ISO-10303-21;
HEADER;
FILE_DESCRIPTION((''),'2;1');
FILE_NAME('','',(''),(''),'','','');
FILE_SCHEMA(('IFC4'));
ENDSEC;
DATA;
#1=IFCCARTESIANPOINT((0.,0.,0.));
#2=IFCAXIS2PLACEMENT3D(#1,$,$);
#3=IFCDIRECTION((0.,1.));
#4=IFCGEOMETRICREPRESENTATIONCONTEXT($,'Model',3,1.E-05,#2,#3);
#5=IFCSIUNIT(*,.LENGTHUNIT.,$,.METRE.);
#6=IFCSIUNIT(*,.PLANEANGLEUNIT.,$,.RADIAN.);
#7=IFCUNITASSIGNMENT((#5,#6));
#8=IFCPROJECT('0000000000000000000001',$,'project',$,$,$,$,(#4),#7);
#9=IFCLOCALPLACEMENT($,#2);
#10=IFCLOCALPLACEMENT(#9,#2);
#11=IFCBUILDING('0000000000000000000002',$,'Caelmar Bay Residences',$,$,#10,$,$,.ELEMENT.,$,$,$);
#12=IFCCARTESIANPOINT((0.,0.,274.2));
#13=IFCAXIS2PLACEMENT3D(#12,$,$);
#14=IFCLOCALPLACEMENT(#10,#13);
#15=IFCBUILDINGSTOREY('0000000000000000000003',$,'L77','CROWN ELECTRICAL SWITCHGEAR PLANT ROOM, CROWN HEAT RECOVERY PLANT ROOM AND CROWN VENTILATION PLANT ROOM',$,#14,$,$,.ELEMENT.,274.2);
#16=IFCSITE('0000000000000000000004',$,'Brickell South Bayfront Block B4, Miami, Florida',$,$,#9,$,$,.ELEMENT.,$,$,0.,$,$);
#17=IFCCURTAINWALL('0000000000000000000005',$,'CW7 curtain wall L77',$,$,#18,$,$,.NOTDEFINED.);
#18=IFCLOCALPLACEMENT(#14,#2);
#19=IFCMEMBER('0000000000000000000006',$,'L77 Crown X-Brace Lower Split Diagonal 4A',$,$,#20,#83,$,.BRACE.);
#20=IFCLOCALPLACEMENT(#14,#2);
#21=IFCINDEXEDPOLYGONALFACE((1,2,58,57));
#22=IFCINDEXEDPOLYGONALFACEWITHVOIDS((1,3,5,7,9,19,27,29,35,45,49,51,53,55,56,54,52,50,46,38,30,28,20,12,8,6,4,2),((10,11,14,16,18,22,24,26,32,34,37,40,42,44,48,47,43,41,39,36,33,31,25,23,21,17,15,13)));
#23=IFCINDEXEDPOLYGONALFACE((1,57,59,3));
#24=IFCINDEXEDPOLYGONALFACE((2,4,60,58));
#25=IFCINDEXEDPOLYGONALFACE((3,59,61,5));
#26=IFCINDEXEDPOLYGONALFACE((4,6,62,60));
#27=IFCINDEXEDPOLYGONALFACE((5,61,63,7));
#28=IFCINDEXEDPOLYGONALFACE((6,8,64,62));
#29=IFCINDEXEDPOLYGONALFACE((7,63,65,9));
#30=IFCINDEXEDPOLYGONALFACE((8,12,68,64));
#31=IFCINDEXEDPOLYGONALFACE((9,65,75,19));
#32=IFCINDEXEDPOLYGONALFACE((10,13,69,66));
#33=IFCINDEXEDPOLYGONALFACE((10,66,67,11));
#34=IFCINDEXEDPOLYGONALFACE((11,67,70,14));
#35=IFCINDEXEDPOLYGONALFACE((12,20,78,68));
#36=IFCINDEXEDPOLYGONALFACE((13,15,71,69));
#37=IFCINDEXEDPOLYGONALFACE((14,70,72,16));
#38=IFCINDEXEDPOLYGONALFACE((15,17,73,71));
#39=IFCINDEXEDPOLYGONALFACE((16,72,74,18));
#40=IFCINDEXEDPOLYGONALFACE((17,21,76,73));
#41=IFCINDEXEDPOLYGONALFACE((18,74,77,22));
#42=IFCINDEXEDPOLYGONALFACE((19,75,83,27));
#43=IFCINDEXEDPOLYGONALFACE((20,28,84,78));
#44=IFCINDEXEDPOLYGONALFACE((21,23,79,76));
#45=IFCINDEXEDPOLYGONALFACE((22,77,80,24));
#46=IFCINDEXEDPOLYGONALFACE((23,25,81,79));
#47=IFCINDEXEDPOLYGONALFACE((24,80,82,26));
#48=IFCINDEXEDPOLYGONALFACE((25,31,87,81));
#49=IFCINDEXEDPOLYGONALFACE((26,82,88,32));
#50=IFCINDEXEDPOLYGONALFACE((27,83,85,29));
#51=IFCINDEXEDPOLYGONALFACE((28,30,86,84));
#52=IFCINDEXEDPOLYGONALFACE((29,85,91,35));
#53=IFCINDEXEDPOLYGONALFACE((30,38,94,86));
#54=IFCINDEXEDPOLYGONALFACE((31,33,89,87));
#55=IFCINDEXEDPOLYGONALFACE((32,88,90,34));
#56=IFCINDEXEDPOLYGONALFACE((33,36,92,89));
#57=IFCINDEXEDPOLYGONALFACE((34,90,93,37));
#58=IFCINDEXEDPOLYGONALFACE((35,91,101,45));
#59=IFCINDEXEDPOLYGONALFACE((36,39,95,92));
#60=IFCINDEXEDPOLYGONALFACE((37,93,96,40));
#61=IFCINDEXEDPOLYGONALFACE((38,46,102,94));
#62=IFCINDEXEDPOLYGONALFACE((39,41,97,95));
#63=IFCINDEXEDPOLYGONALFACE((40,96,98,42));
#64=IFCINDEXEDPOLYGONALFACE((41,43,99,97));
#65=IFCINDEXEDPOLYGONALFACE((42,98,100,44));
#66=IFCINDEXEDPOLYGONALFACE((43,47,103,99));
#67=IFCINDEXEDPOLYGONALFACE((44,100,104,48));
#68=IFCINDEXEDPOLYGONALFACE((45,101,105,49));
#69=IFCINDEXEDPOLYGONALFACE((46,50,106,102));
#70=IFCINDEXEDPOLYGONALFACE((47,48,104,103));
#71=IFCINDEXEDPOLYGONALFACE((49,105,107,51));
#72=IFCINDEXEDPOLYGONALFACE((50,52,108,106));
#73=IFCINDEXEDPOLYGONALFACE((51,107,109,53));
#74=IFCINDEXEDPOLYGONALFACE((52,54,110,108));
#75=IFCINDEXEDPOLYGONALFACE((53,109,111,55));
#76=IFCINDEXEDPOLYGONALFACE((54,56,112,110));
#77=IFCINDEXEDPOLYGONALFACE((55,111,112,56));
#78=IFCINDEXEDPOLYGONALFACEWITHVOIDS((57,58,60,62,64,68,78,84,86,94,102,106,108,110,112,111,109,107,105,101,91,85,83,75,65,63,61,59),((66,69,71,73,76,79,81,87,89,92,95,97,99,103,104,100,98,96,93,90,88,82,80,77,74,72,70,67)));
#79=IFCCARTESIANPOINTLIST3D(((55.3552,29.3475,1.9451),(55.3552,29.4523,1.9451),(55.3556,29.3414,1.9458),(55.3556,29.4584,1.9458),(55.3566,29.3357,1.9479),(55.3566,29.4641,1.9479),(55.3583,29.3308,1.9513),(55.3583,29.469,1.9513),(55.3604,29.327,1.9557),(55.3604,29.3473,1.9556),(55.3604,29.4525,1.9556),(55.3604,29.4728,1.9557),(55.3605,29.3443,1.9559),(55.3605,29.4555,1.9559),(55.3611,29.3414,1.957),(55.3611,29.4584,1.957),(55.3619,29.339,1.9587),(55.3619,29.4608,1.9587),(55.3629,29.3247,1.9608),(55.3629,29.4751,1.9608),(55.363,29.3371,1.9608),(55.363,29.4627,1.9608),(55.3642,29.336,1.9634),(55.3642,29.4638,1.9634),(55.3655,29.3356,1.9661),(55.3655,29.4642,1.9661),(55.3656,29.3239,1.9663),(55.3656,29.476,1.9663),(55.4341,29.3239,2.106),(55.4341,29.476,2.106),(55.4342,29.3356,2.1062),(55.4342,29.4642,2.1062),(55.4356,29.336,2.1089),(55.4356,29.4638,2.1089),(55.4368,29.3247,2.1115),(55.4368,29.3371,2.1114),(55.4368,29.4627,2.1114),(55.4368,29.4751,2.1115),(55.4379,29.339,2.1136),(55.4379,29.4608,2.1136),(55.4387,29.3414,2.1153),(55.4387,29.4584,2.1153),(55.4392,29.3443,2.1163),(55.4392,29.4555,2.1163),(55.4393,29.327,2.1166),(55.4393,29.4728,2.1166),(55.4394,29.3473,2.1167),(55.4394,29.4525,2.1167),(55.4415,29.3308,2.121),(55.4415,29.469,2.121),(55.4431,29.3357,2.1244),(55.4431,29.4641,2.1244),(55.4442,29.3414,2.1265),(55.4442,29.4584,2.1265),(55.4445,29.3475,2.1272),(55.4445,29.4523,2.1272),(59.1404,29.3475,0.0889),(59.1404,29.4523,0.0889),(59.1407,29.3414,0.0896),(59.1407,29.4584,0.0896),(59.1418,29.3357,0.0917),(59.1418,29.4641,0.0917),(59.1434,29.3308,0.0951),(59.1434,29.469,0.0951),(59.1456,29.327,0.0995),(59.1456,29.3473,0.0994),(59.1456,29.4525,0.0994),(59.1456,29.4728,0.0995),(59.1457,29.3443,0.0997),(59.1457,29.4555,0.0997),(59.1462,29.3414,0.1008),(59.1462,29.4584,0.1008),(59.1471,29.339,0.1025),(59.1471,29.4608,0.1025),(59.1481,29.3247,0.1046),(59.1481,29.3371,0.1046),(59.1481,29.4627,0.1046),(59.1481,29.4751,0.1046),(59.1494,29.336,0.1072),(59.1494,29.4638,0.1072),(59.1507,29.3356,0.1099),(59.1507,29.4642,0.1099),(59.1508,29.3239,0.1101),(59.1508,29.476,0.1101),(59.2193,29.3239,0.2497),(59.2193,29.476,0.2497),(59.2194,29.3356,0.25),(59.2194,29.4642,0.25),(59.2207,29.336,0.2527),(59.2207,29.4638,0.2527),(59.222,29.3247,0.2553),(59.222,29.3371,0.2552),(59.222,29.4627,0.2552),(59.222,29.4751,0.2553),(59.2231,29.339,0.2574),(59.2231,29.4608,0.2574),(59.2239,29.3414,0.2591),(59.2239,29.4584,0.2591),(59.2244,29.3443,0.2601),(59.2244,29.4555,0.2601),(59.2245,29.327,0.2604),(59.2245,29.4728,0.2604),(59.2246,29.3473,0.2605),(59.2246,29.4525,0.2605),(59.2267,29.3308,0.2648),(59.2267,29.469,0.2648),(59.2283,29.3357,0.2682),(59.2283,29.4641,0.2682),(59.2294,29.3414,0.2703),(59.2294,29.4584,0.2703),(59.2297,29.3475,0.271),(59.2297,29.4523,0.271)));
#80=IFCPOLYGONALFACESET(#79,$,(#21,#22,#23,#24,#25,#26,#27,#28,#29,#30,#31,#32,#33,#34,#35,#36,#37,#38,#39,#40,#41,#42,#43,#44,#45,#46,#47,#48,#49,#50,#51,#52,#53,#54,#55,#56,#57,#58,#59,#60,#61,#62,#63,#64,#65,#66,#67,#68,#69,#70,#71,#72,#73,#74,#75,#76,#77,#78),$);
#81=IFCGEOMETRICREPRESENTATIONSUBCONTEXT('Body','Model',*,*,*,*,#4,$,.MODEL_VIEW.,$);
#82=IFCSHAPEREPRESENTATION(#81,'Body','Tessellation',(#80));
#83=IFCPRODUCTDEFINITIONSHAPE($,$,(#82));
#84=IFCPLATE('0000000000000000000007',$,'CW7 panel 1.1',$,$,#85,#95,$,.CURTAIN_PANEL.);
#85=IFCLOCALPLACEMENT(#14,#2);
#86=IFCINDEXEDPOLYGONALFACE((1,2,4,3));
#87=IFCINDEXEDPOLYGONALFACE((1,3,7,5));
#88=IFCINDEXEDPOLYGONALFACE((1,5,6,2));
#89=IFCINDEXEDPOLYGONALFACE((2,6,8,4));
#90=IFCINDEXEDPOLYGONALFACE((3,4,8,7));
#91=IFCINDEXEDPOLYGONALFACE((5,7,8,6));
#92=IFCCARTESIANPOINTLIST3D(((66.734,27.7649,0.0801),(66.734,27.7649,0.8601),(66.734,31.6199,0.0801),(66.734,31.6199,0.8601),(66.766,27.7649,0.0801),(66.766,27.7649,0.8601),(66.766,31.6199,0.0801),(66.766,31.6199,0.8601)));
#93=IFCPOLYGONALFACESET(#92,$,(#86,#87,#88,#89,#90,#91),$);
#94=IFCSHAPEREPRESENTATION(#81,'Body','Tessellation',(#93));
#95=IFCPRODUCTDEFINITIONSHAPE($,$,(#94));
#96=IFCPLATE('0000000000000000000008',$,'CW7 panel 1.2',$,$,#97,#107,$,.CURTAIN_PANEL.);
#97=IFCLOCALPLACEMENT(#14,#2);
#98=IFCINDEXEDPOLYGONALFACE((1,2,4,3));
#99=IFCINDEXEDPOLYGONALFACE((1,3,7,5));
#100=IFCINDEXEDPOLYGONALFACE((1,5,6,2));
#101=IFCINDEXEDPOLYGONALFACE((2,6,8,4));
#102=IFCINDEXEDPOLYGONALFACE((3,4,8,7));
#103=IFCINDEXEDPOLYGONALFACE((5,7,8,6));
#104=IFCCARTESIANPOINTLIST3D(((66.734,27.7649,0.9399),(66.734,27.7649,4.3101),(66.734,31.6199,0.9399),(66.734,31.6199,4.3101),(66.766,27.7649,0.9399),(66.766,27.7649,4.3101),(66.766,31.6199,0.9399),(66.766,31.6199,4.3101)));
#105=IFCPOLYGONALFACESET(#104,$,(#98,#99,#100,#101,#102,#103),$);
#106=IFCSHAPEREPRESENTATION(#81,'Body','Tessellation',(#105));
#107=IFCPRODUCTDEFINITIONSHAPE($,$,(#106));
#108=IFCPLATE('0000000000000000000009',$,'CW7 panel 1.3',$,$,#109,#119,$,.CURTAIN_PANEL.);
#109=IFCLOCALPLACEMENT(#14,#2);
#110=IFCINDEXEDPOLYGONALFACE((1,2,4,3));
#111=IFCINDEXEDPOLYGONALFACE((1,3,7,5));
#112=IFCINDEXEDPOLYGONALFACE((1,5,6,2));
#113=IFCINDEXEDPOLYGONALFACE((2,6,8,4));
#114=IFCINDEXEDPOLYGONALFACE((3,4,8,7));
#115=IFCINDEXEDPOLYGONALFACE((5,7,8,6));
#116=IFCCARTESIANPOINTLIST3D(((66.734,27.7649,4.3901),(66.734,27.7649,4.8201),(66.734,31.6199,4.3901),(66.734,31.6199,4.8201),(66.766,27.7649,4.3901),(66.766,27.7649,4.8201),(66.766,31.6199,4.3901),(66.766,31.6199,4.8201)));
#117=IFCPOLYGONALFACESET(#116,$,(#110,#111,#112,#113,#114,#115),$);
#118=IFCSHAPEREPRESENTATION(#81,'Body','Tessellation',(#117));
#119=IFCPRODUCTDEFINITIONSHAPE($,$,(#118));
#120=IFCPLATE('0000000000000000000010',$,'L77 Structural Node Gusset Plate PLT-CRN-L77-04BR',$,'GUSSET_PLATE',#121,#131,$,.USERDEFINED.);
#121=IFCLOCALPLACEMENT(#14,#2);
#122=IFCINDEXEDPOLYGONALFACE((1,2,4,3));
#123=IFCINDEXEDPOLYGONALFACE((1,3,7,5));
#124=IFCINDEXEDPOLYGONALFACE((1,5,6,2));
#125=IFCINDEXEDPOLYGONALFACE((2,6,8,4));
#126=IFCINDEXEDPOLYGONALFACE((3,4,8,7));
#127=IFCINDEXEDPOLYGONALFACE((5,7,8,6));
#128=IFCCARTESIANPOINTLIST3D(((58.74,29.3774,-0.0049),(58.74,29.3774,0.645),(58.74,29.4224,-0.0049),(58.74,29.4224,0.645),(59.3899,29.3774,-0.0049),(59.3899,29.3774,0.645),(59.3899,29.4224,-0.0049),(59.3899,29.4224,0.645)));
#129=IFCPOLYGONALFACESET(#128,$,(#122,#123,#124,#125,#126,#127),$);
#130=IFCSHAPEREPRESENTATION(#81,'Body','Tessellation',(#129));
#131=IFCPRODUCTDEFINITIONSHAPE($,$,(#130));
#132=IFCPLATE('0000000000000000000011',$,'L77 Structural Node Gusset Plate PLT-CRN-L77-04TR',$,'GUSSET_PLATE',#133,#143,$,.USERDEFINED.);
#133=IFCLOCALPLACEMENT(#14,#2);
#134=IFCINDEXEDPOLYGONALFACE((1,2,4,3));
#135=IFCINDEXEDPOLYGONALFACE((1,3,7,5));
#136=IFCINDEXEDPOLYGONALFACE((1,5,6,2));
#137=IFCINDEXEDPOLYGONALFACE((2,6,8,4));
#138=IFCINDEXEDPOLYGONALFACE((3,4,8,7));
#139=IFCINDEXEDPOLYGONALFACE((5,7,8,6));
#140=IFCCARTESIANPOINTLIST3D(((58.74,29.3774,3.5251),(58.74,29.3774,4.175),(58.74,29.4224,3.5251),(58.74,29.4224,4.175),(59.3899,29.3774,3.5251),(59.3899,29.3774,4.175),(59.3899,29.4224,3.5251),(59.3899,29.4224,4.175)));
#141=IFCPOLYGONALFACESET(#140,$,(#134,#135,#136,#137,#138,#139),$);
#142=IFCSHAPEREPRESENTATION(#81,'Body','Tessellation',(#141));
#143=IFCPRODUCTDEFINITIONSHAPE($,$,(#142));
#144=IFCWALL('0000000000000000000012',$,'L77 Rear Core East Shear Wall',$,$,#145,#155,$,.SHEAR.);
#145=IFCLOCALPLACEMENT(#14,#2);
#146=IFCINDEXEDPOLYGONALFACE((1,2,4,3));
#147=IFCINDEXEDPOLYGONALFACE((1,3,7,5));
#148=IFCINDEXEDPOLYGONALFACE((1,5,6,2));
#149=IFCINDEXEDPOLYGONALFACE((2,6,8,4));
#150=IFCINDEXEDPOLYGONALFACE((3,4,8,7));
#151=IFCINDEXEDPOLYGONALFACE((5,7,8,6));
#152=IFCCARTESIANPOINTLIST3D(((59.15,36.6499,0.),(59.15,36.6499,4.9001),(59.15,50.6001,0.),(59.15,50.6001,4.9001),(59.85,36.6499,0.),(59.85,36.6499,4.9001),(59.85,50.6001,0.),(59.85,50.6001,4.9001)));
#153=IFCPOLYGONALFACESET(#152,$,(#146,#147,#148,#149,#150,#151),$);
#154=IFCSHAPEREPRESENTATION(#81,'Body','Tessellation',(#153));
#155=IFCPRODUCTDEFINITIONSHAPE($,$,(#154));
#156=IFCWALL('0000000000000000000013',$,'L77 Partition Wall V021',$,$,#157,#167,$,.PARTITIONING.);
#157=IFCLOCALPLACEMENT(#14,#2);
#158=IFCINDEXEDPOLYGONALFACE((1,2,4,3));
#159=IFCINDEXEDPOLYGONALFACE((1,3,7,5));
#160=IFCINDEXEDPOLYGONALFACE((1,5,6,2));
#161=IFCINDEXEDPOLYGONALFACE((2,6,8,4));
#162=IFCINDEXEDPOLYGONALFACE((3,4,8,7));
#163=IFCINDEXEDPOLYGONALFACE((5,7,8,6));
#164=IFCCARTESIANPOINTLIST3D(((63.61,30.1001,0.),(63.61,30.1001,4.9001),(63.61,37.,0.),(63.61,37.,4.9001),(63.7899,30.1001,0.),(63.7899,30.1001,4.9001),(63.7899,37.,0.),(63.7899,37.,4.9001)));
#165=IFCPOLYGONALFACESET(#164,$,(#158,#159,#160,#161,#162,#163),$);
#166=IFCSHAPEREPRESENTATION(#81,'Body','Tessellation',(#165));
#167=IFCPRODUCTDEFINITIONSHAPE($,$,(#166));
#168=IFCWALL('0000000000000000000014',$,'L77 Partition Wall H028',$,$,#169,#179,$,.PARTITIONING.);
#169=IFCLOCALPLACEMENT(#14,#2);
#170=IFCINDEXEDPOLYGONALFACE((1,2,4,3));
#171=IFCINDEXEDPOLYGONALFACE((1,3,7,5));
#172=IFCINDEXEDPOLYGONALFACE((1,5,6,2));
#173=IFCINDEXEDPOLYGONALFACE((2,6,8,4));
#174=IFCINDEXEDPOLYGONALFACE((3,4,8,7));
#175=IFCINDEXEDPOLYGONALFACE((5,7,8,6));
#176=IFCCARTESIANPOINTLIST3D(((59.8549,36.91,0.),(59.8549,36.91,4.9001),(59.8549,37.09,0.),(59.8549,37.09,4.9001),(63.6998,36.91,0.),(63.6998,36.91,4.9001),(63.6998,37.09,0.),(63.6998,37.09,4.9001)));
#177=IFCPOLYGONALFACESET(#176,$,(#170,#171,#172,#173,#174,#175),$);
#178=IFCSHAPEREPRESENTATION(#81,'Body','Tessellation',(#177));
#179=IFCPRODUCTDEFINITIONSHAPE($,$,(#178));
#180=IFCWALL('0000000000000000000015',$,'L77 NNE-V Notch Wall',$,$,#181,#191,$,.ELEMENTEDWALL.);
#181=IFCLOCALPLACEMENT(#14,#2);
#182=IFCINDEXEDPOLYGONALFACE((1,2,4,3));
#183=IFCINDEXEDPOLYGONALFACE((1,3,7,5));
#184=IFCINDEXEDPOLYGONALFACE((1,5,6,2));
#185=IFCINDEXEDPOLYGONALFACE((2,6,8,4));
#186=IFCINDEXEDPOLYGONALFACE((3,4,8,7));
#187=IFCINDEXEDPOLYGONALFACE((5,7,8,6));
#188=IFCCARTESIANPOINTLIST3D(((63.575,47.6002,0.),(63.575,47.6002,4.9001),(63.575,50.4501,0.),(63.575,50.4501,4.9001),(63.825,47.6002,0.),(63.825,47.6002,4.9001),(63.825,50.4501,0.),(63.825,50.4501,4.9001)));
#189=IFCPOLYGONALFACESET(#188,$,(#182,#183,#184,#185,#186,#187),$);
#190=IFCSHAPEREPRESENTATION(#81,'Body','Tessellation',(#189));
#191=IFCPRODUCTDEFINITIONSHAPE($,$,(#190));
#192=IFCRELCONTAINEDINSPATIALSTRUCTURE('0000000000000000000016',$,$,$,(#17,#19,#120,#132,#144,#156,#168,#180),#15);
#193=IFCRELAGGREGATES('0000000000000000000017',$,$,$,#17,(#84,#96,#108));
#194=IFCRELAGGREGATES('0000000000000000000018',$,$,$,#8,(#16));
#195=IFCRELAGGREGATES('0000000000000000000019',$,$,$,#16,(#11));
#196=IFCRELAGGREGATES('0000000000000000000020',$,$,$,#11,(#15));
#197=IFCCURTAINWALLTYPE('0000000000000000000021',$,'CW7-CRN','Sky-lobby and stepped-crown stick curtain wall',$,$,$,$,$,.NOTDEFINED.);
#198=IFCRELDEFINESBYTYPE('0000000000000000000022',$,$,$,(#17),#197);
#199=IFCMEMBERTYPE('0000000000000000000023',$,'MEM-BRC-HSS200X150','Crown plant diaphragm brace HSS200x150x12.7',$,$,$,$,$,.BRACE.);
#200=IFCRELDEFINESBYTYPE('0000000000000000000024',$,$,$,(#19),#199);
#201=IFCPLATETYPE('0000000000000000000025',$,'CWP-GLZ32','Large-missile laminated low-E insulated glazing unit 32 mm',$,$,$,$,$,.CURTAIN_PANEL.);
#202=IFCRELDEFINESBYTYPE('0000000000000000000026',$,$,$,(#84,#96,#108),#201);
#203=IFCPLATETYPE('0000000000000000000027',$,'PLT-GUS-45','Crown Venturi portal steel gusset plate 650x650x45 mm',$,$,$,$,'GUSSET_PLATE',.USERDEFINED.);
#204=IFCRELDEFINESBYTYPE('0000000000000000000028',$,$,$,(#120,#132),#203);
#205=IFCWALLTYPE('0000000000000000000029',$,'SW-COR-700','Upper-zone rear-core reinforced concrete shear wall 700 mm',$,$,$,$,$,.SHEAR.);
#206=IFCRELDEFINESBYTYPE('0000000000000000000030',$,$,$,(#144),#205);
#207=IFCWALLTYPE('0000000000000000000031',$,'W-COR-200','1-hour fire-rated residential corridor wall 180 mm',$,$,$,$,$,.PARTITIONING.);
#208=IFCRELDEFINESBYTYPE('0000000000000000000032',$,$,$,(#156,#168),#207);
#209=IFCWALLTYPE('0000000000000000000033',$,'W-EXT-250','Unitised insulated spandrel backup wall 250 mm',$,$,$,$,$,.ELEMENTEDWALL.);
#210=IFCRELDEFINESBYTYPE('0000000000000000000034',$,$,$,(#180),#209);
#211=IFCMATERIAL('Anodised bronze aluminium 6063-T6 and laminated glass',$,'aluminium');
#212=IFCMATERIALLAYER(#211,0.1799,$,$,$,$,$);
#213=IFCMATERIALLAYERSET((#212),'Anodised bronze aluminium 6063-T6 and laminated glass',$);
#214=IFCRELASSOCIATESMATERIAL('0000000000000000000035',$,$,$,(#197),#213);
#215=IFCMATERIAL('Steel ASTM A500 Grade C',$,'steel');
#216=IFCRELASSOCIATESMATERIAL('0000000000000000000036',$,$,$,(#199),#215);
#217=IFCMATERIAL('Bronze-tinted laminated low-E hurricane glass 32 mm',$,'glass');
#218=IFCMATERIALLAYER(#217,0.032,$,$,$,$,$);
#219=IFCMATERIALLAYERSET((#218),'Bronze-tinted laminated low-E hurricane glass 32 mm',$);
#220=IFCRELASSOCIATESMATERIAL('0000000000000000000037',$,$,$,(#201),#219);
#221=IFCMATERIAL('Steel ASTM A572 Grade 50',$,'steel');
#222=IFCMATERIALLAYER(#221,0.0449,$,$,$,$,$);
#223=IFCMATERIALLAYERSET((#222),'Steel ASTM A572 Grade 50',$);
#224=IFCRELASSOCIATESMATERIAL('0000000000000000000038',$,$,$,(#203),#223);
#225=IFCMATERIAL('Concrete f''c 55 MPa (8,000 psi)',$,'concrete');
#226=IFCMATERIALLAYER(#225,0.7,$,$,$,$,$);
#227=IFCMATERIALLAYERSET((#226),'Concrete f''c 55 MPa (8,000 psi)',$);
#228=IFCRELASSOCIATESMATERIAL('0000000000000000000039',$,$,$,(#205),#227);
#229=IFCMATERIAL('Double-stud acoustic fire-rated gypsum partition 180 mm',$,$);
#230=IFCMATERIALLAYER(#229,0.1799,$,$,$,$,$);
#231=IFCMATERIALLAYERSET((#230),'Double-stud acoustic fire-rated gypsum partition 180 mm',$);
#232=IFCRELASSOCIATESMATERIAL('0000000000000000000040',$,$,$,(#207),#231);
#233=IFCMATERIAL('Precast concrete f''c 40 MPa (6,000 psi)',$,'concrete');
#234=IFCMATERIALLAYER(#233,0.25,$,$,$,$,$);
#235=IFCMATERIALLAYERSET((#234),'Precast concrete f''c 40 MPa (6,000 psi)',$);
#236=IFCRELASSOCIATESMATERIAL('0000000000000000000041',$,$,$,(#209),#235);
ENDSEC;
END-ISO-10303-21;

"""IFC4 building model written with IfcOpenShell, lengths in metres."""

from ifc_helpers import new_model, si_unit, direction, frame, frame_2d, origin, origin_2d, place, context, subcontext, project, spatial, rectangle, hollow_rectangle, extrude, material, layer, layer_set, material_profile, profile_set, type_object, element, aggregate, save


model = new_model("IFC4")

# Units and contexts
model_context = context("Model", 3, precision=1e-05, world=origin(), true_north=direction((0.0, 1.0)))
body_context = subcontext(model_context, "Body", "Model", "MODEL_VIEW")
ifc_project = project(units=[si_unit("LENGTHUNIT", "METRE"), si_unit("PLANEANGLEUNIT", "RADIAN")], contexts=[model_context])

# Site, building, storey
site_placement = place(None, origin())
site = spatial("IfcSite", under=ifc_project, at=site_placement, Name="Brickell South Bayfront Block B4, Miami, Florida", CompositionType="ELEMENT", RefElevation=0.0)
building_placement = place(site_placement, origin())
building = spatial("IfcBuilding", under=site, at=building_placement, Name="Caelmar Bay Residences", CompositionType="ELEMENT")
storey_placement = place(building_placement, frame((0.0, 0.0, 274.2)))
storey = spatial("IfcBuildingStorey", under=building, at=storey_placement, Name="L77", Description="CROWN ELECTRICAL SWITCHGEAR PLANT ROOM, CROWN HEAT RECOVERY PLANT ROOM AND CROWN VENTILATION PLANT ROOM", CompositionType="ELEMENT", Elevation=274.2)

# Shared definitions
ifc_material_1 = material(Name="Concrete f'c 55 MPa (8,000 psi)", Category="concrete")

# Curtain wall
ifc_material_2 = material(Name="Anodised bronze aluminium 6063-T6 and laminated glass", Category="aluminium")
ifc_layer_1 = layer(ifc_material_2, 0.1799)
ifc_layer_set_1 = layer_set([ifc_layer_1], Name="Anodised bronze aluminium 6063-T6 and laminated glass")
curtain_wall_type = type_object("IfcCurtainWallType", Name="CW7-CRN", Description="Sky-lobby and stepped-crown stick curtain wall", PredefinedType="NOTDEFINED", material=ifc_layer_set_1)
curtain_wall_placement = place(storey_placement, origin())
curtain_wall = element("IfcCurtainWall", 1, at=curtain_wall_placement, inside=storey, type_object=curtain_wall_type, Name="CW7 curtain wall L77", PredefinedType="NOTDEFINED")

# Member
ifc_material_3 = material(Name="Steel ASTM A500 Grade C", Category="steel")
ifc_material_profile_1 = material_profile(ifc_material_3, hollow_rectangle(XDim=0.1521, YDim=0.2029, WallThickness=0.0117, InnerFilletRadius=0.0117, OuterFilletRadius=0.0237, at=origin_2d()), Name="HSS200X150X12.7")
ifc_profile_set_1 = profile_set([ifc_material_profile_1], Name="Steel ASTM A500 Grade C")
member_type_1 = type_object("IfcMemberType", Name="MEM-BRC-HSS200X150", Description="Crown plant diaphragm brace HSS200x150x12.7", PredefinedType="BRACE", material=ifc_profile_set_1)
member_1_placement = place(storey_placement, frame((59.1851, 29.3999, 0.1799), z_axis=(-0.897852, 0.0, 0.440297), x_axis=(0.0, -1.0, 0.0)))
element("IfcMember", 2, at=member_1_placement, inside=storey, type_object=member_type_1, Name="L77 Crown X-Brace Lower Split Diagonal 4A", PredefinedType="BRACE", context=body_context, shape_type="SweptSolid", body=[
    extrude(hollow_rectangle(XDim=0.1521, YDim=0.2029, WallThickness=0.0117, InnerFilletRadius=0.0117, OuterFilletRadius=0.0237, at=origin_2d()), origin(), (0.0, 0.0, 1.0), 4.2158),
])

# Plates
ifc_material_4 = material(Name="Bronze-tinted laminated low-E hurricane glass 32 mm", Category="glass")
ifc_layer_2 = layer(ifc_material_4, 0.032)
ifc_layer_set_2 = layer_set([ifc_layer_2], Name="Bronze-tinted laminated low-E hurricane glass 32 mm")
plate_type_1 = type_object("IfcPlateType", Name="CWP-GLZ32", Description="Large-missile laminated low-E insulated glazing unit 32 mm", PredefinedType="CURTAIN_PANEL", material=ifc_layer_set_2)
plate_1_placement = place(storey_placement, frame((66.75, 29.6924, 0.0801), z_axis=(0.0, 0.0, 1.0), x_axis=(0.0, -1.0, 0.0)))
plate_1 = element("IfcPlate", 3, at=plate_1_placement, type_object=plate_type_1, Name="CW7 panel 1.1", PredefinedType="CURTAIN_PANEL", context=body_context, shape_type="SweptSolid", body=[
    extrude(rectangle(XDim=3.855, YDim=0.032, at=origin_2d()), origin(), (0.0, 0.0, 1.0), 0.78),
])
plate_2_placement = place(storey_placement, frame((66.75, 29.6924, 0.9399), z_axis=(0.0, 0.0, 1.0), x_axis=(0.0, -1.0, 0.0)))
plate_2 = element("IfcPlate", 4, at=plate_2_placement, type_object=plate_type_1, Name="CW7 panel 1.2", PredefinedType="CURTAIN_PANEL", context=body_context, shape_type="SweptSolid", body=[
    extrude(rectangle(XDim=3.855, YDim=0.032, at=origin_2d()), origin(), (0.0, 0.0, 1.0), 3.3701),
])
plate_3_placement = place(storey_placement, frame((66.75, 29.6924, 4.3901), z_axis=(0.0, 0.0, 1.0), x_axis=(0.0, -1.0, 0.0)))
plate_3 = element("IfcPlate", 5, at=plate_3_placement, type_object=plate_type_1, Name="CW7 panel 1.3", PredefinedType="CURTAIN_PANEL", context=body_context, shape_type="SweptSolid", body=[
    extrude(rectangle(XDim=3.855, YDim=0.032, at=origin_2d()), origin(), (0.0, 0.0, 1.0), 0.4299),
])
aggregate(curtain_wall, [plate_1, plate_2, plate_3])

# Plates
ifc_material_5 = material(Name="Steel ASTM A572 Grade 50", Category="steel")
ifc_layer_3 = layer(ifc_material_5, 0.0449)
ifc_layer_set_3 = layer_set([ifc_layer_3], Name="Steel ASTM A572 Grade 50")
plate_type_2 = type_object("IfcPlateType", Name="PLT-GUS-45", Description="Crown Venturi portal steel gusset plate 650x650x45 mm", ElementType="GUSSET_PLATE", PredefinedType="USERDEFINED", material=ifc_layer_set_3)
for number, where, z_axis, x_axis, name in (
    (6, (59.0649, 29.3999, -0.0049), (0.0, 0.0, 1.0), (1.0, 0.0, 0.0), "L77 Structural Node Gusset Plate PLT-CRN-L77-04BR"),
    (7, (59.0649, 29.3999, 3.5251), (0.0, 0.0, 1.0), (1.0, 0.0, 0.0), "L77 Structural Node Gusset Plate PLT-CRN-L77-04TR"),
):
    element("IfcPlate", number, at=place(storey_placement, frame(where, z_axis=z_axis, x_axis=x_axis)), inside=storey, type_object=plate_type_2, Name=name, ObjectType="GUSSET_PLATE", PredefinedType="USERDEFINED", context=body_context, shape_type="SweptSolid", body=[
        extrude(rectangle(XDim=0.6499, YDim=0.0449, at=origin_2d()), origin(), (0.0, 0.0, 1.0), 0.6499),
    ])

# Walls
ifc_layer_4 = layer(ifc_material_1, 0.7)
ifc_layer_set_4 = layer_set([ifc_layer_4], Name="Concrete f'c 55 MPa (8,000 psi)")
wall_type_1 = type_object("IfcWallType", Name="SW-COR-700", Description="Upper-zone rear-core reinforced concrete shear wall 700 mm", PredefinedType="SHEAR", material=ifc_layer_set_4)
wall_1_placement = place(storey_placement, frame((59.5, 36.6499, 0.0), z_axis=(0.0, 0.0, 1.0), x_axis=(0.0, 1.0, 0.0)))
element("IfcWall", 8, at=wall_1_placement, inside=storey, type_object=wall_type_1, Name="L77 Rear Core East Shear Wall", PredefinedType="SHEAR", context=body_context, shape_type="SweptSolid", body=[
    extrude(rectangle(XDim=13.9502, YDim=0.7, at=frame_2d((6.9751, 0.0))), origin(), (0.0, 0.0, 1.0), 4.9001),
])
ifc_material_6 = material(Name="Double-stud acoustic fire-rated gypsum partition 180 mm")
ifc_layer_5 = layer(ifc_material_6, 0.1799)
ifc_layer_set_5 = layer_set([ifc_layer_5], Name="Double-stud acoustic fire-rated gypsum partition 180 mm")
wall_type_2 = type_object("IfcWallType", Name="W-COR-200", Description="1-hour fire-rated residential corridor wall 180 mm", PredefinedType="PARTITIONING", material=ifc_layer_set_5)
wall_2_placement = place(storey_placement, frame((63.7, 30.1001, 0.0), z_axis=(0.0, 0.0, 1.0), x_axis=(0.0, 1.0, 0.0)))
element("IfcWall", 9, at=wall_2_placement, inside=storey, type_object=wall_type_2, Name="L77 Partition Wall V021", PredefinedType="PARTITIONING", context=body_context, shape_type="SweptSolid", body=[
    extrude(rectangle(XDim=6.8999, YDim=0.1799, at=frame_2d((3.45, 0.0))), origin(), (0.0, 0.0, 1.0), 4.9001),
])
wall_3_placement = place(storey_placement, frame((59.855, 37.0, 0.0), z_axis=(0.0, 0.0, 1.0), x_axis=(1.0, 0.0, 0.0)))
element("IfcWall", 10, at=wall_3_placement, inside=storey, type_object=wall_type_2, Name="L77 Partition Wall H028", PredefinedType="PARTITIONING", context=body_context, shape_type="SweptSolid", body=[
    extrude(rectangle(XDim=3.845, YDim=0.1799, at=frame_2d((1.9224, 0.0))), origin(), (0.0, 0.0, 1.0), 4.9001),
])
ifc_material_7 = material(Name="Precast concrete f'c 40 MPa (6,000 psi)", Category="concrete")
ifc_layer_6 = layer(ifc_material_7, 0.25)
ifc_layer_set_6 = layer_set([ifc_layer_6], Name="Precast concrete f'c 40 MPa (6,000 psi)")
wall_type_3 = type_object("IfcWallType", Name="W-EXT-250", Description="Unitised insulated spandrel backup wall 250 mm", PredefinedType="ELEMENTEDWALL", material=ifc_layer_set_6)
wall_4_placement = place(storey_placement, frame((63.7, 50.45, 0.0), z_axis=(0.0, 0.0, 1.0), x_axis=(0.0, -1.0, 0.0)))
element("IfcWall", 11, at=wall_4_placement, inside=storey, type_object=wall_type_3, Name="L77 NNE-V Notch Wall", PredefinedType="ELEMENTEDWALL", context=body_context, shape_type="SweptSolid", body=[
    extrude(rectangle(XDim=2.8499, YDim=0.25, at=frame_2d((1.4248, 0.0))), origin(), (0.0, 0.0, 1.0), 4.9001),
])

save(model, "model.ifc")
